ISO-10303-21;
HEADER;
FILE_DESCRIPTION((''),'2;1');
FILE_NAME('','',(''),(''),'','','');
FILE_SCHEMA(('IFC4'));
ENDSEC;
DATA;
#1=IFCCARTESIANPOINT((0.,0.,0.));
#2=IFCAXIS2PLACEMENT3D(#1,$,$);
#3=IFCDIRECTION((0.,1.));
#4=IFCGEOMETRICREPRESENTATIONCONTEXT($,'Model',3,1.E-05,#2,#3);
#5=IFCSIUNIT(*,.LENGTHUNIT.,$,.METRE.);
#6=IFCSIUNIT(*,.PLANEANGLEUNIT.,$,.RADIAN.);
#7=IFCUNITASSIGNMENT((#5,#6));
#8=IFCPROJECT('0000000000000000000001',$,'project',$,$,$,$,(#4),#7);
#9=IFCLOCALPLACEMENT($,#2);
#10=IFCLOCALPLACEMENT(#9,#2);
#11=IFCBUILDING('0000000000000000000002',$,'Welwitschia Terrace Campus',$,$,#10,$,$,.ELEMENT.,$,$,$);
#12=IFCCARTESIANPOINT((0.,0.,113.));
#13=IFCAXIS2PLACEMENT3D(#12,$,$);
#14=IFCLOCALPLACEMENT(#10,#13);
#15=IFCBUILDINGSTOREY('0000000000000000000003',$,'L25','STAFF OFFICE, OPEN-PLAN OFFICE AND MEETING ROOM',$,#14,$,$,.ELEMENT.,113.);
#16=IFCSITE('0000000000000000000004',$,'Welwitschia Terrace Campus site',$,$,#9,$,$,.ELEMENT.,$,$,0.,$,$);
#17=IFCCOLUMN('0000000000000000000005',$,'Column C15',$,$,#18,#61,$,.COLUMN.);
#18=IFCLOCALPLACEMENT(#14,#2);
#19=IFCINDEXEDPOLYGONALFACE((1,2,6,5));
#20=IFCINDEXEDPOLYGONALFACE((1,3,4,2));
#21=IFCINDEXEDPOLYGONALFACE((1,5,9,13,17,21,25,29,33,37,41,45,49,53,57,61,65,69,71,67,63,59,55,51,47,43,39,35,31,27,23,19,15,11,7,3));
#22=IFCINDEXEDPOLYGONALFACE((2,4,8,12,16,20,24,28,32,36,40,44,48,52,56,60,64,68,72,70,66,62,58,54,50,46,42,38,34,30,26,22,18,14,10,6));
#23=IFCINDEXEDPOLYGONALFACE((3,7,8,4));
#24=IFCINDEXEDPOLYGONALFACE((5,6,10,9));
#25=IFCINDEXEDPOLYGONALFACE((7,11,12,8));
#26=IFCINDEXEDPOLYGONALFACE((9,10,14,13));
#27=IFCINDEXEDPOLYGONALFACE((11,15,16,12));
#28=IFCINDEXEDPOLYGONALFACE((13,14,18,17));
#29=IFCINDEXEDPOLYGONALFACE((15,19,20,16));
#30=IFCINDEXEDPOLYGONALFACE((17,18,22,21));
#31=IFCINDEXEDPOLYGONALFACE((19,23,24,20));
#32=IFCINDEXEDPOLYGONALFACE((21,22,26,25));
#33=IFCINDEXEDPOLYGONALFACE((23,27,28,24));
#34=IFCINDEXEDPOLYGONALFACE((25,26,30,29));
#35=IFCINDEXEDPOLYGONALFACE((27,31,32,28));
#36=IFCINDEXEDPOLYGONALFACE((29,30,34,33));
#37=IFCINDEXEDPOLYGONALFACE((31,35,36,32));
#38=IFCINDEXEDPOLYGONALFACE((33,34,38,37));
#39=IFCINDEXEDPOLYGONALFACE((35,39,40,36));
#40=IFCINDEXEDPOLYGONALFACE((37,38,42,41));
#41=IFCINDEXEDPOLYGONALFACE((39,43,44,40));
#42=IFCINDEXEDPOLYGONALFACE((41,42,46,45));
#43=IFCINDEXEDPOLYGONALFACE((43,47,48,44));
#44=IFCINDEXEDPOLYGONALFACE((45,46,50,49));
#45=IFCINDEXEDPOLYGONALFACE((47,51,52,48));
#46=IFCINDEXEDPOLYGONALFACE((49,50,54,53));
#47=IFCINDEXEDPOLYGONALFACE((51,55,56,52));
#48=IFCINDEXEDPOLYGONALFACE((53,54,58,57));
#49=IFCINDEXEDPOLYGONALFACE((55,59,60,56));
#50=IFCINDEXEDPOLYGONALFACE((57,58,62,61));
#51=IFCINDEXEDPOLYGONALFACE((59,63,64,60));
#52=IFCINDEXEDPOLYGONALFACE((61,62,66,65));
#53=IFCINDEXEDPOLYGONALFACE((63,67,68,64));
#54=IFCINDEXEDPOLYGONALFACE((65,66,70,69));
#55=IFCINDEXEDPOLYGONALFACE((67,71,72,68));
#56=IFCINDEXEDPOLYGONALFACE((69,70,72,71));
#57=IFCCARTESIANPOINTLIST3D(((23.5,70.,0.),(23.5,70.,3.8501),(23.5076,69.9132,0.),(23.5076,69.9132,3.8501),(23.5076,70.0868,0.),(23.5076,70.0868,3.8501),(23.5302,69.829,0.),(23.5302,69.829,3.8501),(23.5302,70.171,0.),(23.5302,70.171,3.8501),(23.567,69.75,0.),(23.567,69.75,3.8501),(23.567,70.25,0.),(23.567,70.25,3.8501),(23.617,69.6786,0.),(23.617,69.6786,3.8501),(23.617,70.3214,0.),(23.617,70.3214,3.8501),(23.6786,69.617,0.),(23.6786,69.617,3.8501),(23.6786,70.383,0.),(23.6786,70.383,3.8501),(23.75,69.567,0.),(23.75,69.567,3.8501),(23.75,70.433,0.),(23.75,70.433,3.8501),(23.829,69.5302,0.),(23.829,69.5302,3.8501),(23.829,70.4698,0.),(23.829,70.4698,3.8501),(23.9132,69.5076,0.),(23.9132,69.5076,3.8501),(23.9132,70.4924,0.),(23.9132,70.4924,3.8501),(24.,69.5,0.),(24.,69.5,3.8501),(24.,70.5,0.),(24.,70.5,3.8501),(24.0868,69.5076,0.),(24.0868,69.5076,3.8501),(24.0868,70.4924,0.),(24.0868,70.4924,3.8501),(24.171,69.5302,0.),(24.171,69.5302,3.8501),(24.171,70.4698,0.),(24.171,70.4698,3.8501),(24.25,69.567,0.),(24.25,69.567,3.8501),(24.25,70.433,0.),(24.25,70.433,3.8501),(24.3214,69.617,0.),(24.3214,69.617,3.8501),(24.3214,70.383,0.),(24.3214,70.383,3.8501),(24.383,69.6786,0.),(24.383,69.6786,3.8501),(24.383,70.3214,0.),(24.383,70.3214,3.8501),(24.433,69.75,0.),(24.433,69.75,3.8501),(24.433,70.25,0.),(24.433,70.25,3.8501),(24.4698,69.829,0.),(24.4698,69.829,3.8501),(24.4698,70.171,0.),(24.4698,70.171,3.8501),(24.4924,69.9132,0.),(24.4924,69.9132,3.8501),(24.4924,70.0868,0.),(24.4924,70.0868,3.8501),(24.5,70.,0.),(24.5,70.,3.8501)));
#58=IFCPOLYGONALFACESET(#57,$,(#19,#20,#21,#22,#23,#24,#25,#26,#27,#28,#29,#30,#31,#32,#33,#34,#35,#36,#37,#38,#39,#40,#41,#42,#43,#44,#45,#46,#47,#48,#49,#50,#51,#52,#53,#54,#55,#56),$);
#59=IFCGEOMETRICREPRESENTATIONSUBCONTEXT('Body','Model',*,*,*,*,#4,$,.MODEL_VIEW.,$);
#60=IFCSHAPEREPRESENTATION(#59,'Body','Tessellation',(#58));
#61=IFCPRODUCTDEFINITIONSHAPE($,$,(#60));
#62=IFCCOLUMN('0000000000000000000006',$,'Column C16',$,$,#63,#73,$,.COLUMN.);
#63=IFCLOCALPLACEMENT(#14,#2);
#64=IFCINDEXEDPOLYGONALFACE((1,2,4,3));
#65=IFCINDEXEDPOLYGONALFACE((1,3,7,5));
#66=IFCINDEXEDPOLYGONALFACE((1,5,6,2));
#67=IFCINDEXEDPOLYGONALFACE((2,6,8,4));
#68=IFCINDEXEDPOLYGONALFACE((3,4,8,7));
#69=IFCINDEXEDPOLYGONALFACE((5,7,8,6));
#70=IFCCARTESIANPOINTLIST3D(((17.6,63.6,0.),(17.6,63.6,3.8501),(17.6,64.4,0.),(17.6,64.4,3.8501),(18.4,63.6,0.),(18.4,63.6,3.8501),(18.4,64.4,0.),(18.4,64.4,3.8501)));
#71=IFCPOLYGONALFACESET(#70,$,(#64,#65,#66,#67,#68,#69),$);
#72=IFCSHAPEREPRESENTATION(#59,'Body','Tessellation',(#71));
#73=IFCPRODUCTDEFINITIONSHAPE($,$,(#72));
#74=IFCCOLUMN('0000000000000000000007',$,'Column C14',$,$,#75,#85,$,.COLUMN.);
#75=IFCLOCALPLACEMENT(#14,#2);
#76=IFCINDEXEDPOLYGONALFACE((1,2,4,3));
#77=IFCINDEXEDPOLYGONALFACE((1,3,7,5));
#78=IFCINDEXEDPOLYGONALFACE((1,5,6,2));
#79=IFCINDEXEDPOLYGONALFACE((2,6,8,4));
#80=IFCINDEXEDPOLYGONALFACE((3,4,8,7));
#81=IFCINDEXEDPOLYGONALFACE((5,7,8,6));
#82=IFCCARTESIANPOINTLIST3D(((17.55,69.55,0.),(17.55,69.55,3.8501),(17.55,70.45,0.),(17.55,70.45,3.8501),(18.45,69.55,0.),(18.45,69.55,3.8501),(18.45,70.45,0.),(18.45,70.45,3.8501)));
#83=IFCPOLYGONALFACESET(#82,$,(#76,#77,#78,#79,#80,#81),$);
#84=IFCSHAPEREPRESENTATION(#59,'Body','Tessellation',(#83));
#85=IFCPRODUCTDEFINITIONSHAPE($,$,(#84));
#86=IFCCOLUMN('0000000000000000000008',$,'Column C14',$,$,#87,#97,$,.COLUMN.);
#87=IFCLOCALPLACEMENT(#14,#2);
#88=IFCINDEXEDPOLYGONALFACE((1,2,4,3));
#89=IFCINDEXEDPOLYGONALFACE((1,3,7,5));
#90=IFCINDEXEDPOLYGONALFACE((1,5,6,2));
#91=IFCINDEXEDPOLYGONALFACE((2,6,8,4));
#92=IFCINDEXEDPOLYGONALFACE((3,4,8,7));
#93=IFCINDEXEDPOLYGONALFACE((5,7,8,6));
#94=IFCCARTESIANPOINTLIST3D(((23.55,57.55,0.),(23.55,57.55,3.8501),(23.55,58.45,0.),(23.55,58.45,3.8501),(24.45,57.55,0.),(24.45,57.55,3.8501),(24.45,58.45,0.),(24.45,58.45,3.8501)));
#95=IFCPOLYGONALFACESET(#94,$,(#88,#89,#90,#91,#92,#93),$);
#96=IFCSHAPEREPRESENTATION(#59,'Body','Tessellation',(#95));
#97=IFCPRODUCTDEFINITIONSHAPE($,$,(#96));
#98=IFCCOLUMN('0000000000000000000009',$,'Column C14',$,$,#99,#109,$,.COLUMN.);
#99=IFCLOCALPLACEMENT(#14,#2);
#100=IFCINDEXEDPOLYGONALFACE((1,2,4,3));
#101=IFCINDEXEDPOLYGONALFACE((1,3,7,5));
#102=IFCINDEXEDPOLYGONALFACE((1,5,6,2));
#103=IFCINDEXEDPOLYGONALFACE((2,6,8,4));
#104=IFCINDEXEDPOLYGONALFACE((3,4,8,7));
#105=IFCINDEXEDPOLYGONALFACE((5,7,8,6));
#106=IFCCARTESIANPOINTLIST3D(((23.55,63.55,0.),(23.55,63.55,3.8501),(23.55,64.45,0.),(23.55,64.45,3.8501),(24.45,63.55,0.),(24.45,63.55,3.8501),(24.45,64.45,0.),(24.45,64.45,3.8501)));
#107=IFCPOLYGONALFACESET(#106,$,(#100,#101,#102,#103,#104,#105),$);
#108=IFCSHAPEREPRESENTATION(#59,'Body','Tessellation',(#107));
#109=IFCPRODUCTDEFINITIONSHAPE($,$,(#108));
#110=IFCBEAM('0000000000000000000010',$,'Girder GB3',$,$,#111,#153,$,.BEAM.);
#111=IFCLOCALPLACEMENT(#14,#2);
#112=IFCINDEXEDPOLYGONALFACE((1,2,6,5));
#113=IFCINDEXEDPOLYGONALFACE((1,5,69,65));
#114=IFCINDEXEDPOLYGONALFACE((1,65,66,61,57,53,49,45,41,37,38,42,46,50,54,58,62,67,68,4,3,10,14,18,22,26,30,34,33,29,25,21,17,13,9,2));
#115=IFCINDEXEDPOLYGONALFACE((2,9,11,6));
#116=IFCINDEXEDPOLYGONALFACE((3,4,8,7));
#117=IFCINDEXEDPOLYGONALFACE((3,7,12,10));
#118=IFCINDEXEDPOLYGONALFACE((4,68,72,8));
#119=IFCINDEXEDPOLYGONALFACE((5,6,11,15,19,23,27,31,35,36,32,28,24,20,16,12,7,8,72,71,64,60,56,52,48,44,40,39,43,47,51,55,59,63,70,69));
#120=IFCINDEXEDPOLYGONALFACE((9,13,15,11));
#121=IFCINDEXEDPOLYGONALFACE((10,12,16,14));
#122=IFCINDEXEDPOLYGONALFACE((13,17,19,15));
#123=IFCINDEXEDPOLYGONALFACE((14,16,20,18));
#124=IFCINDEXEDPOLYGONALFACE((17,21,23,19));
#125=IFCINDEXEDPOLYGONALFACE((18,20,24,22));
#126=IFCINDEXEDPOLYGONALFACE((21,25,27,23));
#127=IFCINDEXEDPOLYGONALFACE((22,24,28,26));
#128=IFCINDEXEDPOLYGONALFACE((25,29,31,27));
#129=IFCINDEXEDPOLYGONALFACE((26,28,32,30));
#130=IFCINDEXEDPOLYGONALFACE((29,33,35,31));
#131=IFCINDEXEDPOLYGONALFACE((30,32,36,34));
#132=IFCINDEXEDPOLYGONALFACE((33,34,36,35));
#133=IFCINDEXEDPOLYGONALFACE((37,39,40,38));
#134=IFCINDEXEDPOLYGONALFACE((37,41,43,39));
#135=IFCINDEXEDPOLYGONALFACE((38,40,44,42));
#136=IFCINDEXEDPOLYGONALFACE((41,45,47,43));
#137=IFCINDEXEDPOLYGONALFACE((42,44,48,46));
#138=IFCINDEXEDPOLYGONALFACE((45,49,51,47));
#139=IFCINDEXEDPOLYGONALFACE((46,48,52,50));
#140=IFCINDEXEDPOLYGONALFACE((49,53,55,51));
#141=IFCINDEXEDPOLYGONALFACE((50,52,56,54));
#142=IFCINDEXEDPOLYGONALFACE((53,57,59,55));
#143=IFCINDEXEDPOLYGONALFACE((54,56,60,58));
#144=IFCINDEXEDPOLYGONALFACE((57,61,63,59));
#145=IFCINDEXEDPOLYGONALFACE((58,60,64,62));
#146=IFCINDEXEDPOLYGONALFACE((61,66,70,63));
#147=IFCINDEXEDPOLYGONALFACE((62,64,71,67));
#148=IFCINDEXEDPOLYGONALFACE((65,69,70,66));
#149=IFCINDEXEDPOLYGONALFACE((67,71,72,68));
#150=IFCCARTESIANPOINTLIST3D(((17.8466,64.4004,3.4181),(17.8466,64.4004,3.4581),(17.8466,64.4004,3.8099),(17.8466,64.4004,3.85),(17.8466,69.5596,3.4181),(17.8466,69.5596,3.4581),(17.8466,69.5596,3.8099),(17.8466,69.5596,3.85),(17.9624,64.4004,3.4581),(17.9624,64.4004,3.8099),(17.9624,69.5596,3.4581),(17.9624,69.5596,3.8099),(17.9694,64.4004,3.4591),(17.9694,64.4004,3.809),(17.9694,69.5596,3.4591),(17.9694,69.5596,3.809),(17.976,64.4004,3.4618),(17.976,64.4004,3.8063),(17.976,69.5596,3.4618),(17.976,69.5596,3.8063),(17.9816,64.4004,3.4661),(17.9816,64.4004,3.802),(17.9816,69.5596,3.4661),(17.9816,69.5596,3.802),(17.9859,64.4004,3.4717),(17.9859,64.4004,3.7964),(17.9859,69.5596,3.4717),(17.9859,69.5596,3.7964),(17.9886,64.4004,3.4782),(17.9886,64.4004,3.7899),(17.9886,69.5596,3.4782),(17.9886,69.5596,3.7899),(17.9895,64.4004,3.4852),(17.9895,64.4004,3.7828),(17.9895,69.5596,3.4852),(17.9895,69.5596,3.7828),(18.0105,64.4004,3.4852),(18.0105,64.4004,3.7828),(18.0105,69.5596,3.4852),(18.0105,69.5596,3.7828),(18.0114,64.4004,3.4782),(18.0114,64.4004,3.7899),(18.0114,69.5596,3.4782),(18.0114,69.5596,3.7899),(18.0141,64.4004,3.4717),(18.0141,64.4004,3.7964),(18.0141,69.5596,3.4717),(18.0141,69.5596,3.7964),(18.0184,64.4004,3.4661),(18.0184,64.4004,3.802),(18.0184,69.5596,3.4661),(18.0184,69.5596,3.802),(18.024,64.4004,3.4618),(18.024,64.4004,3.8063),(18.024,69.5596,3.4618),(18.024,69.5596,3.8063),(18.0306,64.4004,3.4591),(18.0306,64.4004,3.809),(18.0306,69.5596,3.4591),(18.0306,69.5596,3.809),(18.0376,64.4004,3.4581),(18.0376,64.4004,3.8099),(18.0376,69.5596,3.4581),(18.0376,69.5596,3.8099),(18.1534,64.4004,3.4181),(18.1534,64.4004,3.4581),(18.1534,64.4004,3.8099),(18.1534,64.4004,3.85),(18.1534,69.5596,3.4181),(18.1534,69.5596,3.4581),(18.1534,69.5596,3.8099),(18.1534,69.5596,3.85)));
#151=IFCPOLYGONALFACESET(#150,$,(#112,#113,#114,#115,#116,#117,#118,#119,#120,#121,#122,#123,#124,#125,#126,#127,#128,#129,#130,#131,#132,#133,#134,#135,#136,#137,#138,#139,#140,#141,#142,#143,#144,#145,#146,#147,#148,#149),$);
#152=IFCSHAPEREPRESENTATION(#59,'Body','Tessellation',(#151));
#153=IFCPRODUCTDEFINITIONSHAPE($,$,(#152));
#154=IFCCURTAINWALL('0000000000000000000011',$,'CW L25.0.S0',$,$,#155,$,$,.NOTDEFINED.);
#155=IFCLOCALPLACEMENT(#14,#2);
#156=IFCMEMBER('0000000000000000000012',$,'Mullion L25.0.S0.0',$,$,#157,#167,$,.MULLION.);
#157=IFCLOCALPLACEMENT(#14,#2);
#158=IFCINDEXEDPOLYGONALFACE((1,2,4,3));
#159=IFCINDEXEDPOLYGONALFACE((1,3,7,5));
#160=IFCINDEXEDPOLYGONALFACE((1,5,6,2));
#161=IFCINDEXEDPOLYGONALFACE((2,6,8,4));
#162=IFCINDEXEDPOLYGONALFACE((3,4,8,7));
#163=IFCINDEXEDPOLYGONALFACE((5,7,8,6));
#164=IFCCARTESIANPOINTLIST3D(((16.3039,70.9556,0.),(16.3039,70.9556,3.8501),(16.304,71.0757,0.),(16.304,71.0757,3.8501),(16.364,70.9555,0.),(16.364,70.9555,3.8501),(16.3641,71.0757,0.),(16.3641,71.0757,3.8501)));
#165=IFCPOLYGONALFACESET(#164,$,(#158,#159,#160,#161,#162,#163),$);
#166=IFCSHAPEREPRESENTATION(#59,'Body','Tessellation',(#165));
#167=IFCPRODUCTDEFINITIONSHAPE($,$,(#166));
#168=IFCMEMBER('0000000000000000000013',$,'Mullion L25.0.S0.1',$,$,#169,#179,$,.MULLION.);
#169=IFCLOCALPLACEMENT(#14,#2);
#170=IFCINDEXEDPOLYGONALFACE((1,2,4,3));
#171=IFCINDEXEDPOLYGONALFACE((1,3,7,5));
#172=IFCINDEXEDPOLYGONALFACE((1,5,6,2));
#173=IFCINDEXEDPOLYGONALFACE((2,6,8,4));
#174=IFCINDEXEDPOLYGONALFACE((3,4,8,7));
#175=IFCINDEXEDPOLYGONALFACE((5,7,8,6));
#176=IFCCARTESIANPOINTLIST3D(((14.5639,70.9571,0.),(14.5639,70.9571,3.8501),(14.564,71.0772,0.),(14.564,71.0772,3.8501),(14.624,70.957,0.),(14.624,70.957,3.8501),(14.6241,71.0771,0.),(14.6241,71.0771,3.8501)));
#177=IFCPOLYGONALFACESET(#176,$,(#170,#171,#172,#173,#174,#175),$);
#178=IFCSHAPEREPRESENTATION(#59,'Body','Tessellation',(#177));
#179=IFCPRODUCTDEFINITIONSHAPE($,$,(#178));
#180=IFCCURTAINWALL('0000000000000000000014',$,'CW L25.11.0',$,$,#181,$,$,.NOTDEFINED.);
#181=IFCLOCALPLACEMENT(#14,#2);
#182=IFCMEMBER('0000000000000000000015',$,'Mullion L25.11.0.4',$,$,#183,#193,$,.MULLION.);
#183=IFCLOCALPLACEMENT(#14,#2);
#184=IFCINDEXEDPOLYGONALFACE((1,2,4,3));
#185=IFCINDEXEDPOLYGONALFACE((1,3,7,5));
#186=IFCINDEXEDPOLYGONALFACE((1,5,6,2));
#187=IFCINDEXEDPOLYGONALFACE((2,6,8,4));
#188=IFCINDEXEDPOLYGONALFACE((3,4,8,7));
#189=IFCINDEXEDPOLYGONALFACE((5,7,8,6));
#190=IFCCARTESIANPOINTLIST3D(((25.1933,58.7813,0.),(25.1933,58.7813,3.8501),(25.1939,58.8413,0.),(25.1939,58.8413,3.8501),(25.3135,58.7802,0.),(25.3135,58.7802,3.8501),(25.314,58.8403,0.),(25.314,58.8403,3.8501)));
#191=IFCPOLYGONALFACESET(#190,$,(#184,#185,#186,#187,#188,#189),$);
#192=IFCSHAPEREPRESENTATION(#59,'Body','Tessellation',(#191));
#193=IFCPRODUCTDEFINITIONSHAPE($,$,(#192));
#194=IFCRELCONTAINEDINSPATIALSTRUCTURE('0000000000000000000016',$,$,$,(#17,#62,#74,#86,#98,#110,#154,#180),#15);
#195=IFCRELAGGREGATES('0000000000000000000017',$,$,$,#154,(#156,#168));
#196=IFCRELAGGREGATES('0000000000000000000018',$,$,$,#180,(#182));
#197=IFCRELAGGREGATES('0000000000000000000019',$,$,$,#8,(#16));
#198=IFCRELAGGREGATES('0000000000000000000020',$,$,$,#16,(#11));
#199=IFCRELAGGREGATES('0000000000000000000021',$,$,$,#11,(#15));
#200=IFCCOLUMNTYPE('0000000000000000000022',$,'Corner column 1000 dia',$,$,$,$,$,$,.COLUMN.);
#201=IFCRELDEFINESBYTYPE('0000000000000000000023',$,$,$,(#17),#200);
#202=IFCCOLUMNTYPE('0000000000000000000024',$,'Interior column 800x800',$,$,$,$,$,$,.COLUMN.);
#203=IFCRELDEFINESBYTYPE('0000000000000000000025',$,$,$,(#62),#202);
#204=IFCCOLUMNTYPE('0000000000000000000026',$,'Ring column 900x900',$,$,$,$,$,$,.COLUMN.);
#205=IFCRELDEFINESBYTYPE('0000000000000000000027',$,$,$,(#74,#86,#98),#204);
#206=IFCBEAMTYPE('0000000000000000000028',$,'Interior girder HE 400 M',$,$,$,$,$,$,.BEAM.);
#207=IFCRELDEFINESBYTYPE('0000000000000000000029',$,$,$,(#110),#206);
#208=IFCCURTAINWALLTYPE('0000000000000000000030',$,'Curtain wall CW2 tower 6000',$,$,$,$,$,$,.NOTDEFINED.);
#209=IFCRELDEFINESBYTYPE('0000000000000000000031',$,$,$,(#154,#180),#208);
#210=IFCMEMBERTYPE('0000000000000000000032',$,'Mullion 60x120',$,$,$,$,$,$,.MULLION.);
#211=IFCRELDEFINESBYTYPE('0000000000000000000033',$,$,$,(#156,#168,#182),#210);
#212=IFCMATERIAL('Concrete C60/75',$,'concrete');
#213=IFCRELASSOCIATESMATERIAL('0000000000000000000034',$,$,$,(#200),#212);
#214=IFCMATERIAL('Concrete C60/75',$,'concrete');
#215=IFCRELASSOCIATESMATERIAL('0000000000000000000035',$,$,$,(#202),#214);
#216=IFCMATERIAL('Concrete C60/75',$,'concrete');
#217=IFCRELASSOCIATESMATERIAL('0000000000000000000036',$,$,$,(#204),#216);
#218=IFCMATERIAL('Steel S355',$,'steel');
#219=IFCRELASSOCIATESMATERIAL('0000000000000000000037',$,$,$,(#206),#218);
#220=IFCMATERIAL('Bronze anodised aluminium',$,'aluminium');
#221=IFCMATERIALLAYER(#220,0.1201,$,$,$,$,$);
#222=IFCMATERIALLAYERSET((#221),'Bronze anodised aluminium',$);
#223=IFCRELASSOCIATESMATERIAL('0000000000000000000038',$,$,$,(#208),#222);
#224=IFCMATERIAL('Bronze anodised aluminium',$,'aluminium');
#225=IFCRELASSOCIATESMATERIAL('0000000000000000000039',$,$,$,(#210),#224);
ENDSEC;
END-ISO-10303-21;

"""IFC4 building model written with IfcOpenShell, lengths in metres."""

from ifc_helpers import new_model, si_unit, direction, frame, origin, origin_2d, place, context, subcontext, project, spatial, rectangle, circle, i_section, extrude, material, layer, layer_set, material_profile, profile_set, type_object, element, aggregate, save


model = new_model("IFC4")

# Units and contexts
model_context = context("Model", 3, precision=1e-05, world=origin(), true_north=direction((0.0, 1.0)))
body_context = subcontext(model_context, "Body", "Model", "MODEL_VIEW")
ifc_project = project(units=[si_unit("LENGTHUNIT", "METRE"), si_unit("PLANEANGLEUNIT", "RADIAN")], contexts=[model_context])

# Site, building, storey
site_placement = place(None, origin())
site = spatial("IfcSite", under=ifc_project, at=site_placement, Name="Welwitschia Terrace Campus site", CompositionType="ELEMENT", RefElevation=0.0)
building_placement = place(site_placement, origin())
building = spatial("IfcBuilding", under=site, at=building_placement, Name="Welwitschia Terrace Campus", CompositionType="ELEMENT")
storey_placement = place(building_placement, frame((0.0, 0.0, 113.0)))
storey = spatial("IfcBuildingStorey", under=building, at=storey_placement, Name="L25", Description="STAFF OFFICE, OPEN-PLAN OFFICE AND MEETING ROOM", CompositionType="ELEMENT", Elevation=113.0)

# Columns
ifc_material_1 = material(Name="Concrete C60/75", Category="concrete")
ifc_material_profile_1 = material_profile(ifc_material_1, circle(Radius=0.5, at=origin_2d()))
ifc_profile_set_1 = profile_set([ifc_material_profile_1], Name="Concrete C60/75")
column_type_1 = type_object("IfcColumnType", Name="Corner column 1000 dia", PredefinedType="COLUMN", material=ifc_profile_set_1)
column_1_placement = place(storey_placement, frame((24.0, 70.0, 0.0), z_axis=(0.0, 0.0, 1.0), x_axis=(1.0, 0.0, 0.0)))
element("IfcColumn", 1, at=column_1_placement, inside=storey, type_object=column_type_1, Name="Column C15", PredefinedType="COLUMN", context=body_context, shape_type="SweptSolid", body=[
    extrude(circle(Radius=0.5, at=origin_2d()), origin(), (0.0, 0.0, 1.0), 3.8501),
])
ifc_material_2 = material(Name="Concrete C60/75", Category="concrete")
ifc_material_profile_2 = material_profile(ifc_material_2, rectangle(XDim=0.8, YDim=0.8, at=origin_2d()))
ifc_profile_set_2 = profile_set([ifc_material_profile_2], Name="Concrete C60/75")
column_type_2 = type_object("IfcColumnType", Name="Interior column 800x800", PredefinedType="COLUMN", material=ifc_profile_set_2)
column_2_placement = place(storey_placement, frame((18.0, 64.0, 0.0), z_axis=(0.0, 0.0, 1.0), x_axis=(1.0, 0.0, 0.0)))
element("IfcColumn", 2, at=column_2_placement, inside=storey, type_object=column_type_2, Name="Column C16", PredefinedType="COLUMN", context=body_context, shape_type="SweptSolid", body=[
    extrude(rectangle(XDim=0.8, YDim=0.8, at=origin_2d()), origin(), (0.0, 0.0, 1.0), 3.8501),
])
ifc_material_3 = material(Name="Concrete C60/75", Category="concrete")
ifc_material_profile_3 = material_profile(ifc_material_3, rectangle(XDim=0.8999, YDim=0.8999, at=origin_2d()))
ifc_profile_set_3 = profile_set([ifc_material_profile_3], Name="Concrete C60/75")
column_type_3 = type_object("IfcColumnType", Name="Ring column 900x900", PredefinedType="COLUMN", material=ifc_profile_set_3)
for number, where, z_axis, x_axis, name in (
    (3, (18.0, 70.0, 0.0), (0.0, 0.0, 1.0), (1.0, 0.0, 0.0), "Column C14"),
    (4, (24.0, 58.0, 0.0), (0.0, 0.0, 1.0), (1.0, 0.0, 0.0), "Column C14"),
    (5, (24.0, 64.0, 0.0), (0.0, 0.0, 1.0), (1.0, 0.0, 0.0), "Column C14"),
):
    element("IfcColumn", number, at=place(storey_placement, frame(where, z_axis=z_axis, x_axis=x_axis)), inside=storey, type_object=column_type_3, Name=name, PredefinedType="COLUMN", context=body_context, shape_type="SweptSolid", body=[
        extrude(rectangle(XDim=0.8999, YDim=0.8999, at=origin_2d()), origin(), (0.0, 0.0, 1.0), 3.8501),
    ])

# Beam
ifc_material_4 = material(Name="Steel S355", Category="steel")
ifc_material_profile_4 = material_profile(ifc_material_4, i_section(OverallWidth=0.3069, OverallDepth=0.4319, WebThickness=0.021, FlangeThickness=0.04, FilletRadius=0.0271, at=origin_2d()))
ifc_profile_set_4 = profile_set([ifc_material_profile_4], Name="Steel S355")
beam_type_1 = type_object("IfcBeamType", Name="Interior girder HE 400 M", PredefinedType="BEAM", material=ifc_profile_set_4)
beam_1_placement = place(storey_placement, frame((18.0, 64.4004, 3.634), z_axis=(0.0, 1.0, 0.0), x_axis=(-1.0, 0.0, 0.0)))
element("IfcBeam", 6, at=beam_1_placement, inside=storey, type_object=beam_type_1, Name="Girder GB3", PredefinedType="BEAM", context=body_context, shape_type="SweptSolid", body=[
    extrude(i_section(OverallWidth=0.3069, OverallDepth=0.4319, WebThickness=0.021, FlangeThickness=0.04, FilletRadius=0.0271, at=origin_2d()), origin(), (0.0, 0.0, 1.0), 5.1592),
])

# Curtain walls, members
ifc_material_5 = material(Name="Bronze anodised aluminium", Category="aluminium")
ifc_layer_1 = layer(ifc_material_5, 0.1201)
ifc_layer_set_1 = layer_set([ifc_layer_1], Name="Bronze anodised aluminium")
curtain_wall_type = type_object("IfcCurtainWallType", Name="Curtain wall CW2 tower 6000", PredefinedType="NOTDEFINED", material=ifc_layer_set_1)
curtain_wall_1_placement = place(storey_placement, origin())
curtain_wall_1 = element("IfcCurtainWall", 7, at=curtain_wall_1_placement, inside=storey, type_object=curtain_wall_type, Name="CW L25.0.S0", PredefinedType="NOTDEFINED")
ifc_material_6 = material(Name="Bronze anodised aluminium", Category="aluminium")
ifc_material_profile_5 = material_profile(ifc_material_6, rectangle(XDim=0.1201, YDim=0.0601, at=origin_2d()))
ifc_profile_set_5 = profile_set([ifc_material_profile_5], Name="Bronze anodised aluminium")
member_type_1 = type_object("IfcMemberType", Name="Mullion 60x120", PredefinedType="MULLION", material=ifc_profile_set_5)
member_1_placement = place(storey_placement, frame((16.334, 71.0156, 0.0), z_axis=(0.0, 0.0, 1.0), x_axis=(-0.000824, -1.0, 0.0)))
member_1 = element("IfcMember", 8, at=member_1_placement, type_object=member_type_1, Name="Mullion L25.0.S0.0", PredefinedType="MULLION", context=body_context, shape_type="SweptSolid", body=[
    extrude(rectangle(XDim=0.1201, YDim=0.0601, at=origin_2d()), origin(), (0.0, 0.0, 1.0), 3.8501),
])
member_2_placement = place(storey_placement, frame((14.594, 71.0171, 0.0), z_axis=(0.0, 0.0, 1.0), x_axis=(-0.000824, -1.0, 0.0)))
member_2 = element("IfcMember", 9, at=member_2_placement, type_object=member_type_1, Name="Mullion L25.0.S0.1", PredefinedType="MULLION", context=body_context, shape_type="SweptSolid", body=[
    extrude(rectangle(XDim=0.1201, YDim=0.0601, at=origin_2d()), origin(), (0.0, 0.0, 1.0), 3.8501),
])
curtain_wall_2_placement = place(storey_placement, origin())
curtain_wall_2 = element("IfcCurtainWall", 10, at=curtain_wall_2_placement, inside=storey, type_object=curtain_wall_type, Name="CW L25.11.0", PredefinedType="NOTDEFINED")
member_3_placement = place(storey_placement, frame((25.2537, 58.8108, 0.0), z_axis=(0.0, 0.0, 1.0), x_axis=(-0.999962, 0.008727, 0.0)))
member_3 = element("IfcMember", 11, at=member_3_placement, type_object=member_type_1, Name="Mullion L25.11.0.4", PredefinedType="MULLION", context=body_context, shape_type="SweptSolid", body=[
    extrude(rectangle(XDim=0.1201, YDim=0.0601, at=origin_2d()), origin(), (0.0, 0.0, 1.0), 3.8501),
])

aggregate(curtain_wall_1, [member_1, member_2])
aggregate(curtain_wall_2, [member_3])

save(model, "model.ifc")
